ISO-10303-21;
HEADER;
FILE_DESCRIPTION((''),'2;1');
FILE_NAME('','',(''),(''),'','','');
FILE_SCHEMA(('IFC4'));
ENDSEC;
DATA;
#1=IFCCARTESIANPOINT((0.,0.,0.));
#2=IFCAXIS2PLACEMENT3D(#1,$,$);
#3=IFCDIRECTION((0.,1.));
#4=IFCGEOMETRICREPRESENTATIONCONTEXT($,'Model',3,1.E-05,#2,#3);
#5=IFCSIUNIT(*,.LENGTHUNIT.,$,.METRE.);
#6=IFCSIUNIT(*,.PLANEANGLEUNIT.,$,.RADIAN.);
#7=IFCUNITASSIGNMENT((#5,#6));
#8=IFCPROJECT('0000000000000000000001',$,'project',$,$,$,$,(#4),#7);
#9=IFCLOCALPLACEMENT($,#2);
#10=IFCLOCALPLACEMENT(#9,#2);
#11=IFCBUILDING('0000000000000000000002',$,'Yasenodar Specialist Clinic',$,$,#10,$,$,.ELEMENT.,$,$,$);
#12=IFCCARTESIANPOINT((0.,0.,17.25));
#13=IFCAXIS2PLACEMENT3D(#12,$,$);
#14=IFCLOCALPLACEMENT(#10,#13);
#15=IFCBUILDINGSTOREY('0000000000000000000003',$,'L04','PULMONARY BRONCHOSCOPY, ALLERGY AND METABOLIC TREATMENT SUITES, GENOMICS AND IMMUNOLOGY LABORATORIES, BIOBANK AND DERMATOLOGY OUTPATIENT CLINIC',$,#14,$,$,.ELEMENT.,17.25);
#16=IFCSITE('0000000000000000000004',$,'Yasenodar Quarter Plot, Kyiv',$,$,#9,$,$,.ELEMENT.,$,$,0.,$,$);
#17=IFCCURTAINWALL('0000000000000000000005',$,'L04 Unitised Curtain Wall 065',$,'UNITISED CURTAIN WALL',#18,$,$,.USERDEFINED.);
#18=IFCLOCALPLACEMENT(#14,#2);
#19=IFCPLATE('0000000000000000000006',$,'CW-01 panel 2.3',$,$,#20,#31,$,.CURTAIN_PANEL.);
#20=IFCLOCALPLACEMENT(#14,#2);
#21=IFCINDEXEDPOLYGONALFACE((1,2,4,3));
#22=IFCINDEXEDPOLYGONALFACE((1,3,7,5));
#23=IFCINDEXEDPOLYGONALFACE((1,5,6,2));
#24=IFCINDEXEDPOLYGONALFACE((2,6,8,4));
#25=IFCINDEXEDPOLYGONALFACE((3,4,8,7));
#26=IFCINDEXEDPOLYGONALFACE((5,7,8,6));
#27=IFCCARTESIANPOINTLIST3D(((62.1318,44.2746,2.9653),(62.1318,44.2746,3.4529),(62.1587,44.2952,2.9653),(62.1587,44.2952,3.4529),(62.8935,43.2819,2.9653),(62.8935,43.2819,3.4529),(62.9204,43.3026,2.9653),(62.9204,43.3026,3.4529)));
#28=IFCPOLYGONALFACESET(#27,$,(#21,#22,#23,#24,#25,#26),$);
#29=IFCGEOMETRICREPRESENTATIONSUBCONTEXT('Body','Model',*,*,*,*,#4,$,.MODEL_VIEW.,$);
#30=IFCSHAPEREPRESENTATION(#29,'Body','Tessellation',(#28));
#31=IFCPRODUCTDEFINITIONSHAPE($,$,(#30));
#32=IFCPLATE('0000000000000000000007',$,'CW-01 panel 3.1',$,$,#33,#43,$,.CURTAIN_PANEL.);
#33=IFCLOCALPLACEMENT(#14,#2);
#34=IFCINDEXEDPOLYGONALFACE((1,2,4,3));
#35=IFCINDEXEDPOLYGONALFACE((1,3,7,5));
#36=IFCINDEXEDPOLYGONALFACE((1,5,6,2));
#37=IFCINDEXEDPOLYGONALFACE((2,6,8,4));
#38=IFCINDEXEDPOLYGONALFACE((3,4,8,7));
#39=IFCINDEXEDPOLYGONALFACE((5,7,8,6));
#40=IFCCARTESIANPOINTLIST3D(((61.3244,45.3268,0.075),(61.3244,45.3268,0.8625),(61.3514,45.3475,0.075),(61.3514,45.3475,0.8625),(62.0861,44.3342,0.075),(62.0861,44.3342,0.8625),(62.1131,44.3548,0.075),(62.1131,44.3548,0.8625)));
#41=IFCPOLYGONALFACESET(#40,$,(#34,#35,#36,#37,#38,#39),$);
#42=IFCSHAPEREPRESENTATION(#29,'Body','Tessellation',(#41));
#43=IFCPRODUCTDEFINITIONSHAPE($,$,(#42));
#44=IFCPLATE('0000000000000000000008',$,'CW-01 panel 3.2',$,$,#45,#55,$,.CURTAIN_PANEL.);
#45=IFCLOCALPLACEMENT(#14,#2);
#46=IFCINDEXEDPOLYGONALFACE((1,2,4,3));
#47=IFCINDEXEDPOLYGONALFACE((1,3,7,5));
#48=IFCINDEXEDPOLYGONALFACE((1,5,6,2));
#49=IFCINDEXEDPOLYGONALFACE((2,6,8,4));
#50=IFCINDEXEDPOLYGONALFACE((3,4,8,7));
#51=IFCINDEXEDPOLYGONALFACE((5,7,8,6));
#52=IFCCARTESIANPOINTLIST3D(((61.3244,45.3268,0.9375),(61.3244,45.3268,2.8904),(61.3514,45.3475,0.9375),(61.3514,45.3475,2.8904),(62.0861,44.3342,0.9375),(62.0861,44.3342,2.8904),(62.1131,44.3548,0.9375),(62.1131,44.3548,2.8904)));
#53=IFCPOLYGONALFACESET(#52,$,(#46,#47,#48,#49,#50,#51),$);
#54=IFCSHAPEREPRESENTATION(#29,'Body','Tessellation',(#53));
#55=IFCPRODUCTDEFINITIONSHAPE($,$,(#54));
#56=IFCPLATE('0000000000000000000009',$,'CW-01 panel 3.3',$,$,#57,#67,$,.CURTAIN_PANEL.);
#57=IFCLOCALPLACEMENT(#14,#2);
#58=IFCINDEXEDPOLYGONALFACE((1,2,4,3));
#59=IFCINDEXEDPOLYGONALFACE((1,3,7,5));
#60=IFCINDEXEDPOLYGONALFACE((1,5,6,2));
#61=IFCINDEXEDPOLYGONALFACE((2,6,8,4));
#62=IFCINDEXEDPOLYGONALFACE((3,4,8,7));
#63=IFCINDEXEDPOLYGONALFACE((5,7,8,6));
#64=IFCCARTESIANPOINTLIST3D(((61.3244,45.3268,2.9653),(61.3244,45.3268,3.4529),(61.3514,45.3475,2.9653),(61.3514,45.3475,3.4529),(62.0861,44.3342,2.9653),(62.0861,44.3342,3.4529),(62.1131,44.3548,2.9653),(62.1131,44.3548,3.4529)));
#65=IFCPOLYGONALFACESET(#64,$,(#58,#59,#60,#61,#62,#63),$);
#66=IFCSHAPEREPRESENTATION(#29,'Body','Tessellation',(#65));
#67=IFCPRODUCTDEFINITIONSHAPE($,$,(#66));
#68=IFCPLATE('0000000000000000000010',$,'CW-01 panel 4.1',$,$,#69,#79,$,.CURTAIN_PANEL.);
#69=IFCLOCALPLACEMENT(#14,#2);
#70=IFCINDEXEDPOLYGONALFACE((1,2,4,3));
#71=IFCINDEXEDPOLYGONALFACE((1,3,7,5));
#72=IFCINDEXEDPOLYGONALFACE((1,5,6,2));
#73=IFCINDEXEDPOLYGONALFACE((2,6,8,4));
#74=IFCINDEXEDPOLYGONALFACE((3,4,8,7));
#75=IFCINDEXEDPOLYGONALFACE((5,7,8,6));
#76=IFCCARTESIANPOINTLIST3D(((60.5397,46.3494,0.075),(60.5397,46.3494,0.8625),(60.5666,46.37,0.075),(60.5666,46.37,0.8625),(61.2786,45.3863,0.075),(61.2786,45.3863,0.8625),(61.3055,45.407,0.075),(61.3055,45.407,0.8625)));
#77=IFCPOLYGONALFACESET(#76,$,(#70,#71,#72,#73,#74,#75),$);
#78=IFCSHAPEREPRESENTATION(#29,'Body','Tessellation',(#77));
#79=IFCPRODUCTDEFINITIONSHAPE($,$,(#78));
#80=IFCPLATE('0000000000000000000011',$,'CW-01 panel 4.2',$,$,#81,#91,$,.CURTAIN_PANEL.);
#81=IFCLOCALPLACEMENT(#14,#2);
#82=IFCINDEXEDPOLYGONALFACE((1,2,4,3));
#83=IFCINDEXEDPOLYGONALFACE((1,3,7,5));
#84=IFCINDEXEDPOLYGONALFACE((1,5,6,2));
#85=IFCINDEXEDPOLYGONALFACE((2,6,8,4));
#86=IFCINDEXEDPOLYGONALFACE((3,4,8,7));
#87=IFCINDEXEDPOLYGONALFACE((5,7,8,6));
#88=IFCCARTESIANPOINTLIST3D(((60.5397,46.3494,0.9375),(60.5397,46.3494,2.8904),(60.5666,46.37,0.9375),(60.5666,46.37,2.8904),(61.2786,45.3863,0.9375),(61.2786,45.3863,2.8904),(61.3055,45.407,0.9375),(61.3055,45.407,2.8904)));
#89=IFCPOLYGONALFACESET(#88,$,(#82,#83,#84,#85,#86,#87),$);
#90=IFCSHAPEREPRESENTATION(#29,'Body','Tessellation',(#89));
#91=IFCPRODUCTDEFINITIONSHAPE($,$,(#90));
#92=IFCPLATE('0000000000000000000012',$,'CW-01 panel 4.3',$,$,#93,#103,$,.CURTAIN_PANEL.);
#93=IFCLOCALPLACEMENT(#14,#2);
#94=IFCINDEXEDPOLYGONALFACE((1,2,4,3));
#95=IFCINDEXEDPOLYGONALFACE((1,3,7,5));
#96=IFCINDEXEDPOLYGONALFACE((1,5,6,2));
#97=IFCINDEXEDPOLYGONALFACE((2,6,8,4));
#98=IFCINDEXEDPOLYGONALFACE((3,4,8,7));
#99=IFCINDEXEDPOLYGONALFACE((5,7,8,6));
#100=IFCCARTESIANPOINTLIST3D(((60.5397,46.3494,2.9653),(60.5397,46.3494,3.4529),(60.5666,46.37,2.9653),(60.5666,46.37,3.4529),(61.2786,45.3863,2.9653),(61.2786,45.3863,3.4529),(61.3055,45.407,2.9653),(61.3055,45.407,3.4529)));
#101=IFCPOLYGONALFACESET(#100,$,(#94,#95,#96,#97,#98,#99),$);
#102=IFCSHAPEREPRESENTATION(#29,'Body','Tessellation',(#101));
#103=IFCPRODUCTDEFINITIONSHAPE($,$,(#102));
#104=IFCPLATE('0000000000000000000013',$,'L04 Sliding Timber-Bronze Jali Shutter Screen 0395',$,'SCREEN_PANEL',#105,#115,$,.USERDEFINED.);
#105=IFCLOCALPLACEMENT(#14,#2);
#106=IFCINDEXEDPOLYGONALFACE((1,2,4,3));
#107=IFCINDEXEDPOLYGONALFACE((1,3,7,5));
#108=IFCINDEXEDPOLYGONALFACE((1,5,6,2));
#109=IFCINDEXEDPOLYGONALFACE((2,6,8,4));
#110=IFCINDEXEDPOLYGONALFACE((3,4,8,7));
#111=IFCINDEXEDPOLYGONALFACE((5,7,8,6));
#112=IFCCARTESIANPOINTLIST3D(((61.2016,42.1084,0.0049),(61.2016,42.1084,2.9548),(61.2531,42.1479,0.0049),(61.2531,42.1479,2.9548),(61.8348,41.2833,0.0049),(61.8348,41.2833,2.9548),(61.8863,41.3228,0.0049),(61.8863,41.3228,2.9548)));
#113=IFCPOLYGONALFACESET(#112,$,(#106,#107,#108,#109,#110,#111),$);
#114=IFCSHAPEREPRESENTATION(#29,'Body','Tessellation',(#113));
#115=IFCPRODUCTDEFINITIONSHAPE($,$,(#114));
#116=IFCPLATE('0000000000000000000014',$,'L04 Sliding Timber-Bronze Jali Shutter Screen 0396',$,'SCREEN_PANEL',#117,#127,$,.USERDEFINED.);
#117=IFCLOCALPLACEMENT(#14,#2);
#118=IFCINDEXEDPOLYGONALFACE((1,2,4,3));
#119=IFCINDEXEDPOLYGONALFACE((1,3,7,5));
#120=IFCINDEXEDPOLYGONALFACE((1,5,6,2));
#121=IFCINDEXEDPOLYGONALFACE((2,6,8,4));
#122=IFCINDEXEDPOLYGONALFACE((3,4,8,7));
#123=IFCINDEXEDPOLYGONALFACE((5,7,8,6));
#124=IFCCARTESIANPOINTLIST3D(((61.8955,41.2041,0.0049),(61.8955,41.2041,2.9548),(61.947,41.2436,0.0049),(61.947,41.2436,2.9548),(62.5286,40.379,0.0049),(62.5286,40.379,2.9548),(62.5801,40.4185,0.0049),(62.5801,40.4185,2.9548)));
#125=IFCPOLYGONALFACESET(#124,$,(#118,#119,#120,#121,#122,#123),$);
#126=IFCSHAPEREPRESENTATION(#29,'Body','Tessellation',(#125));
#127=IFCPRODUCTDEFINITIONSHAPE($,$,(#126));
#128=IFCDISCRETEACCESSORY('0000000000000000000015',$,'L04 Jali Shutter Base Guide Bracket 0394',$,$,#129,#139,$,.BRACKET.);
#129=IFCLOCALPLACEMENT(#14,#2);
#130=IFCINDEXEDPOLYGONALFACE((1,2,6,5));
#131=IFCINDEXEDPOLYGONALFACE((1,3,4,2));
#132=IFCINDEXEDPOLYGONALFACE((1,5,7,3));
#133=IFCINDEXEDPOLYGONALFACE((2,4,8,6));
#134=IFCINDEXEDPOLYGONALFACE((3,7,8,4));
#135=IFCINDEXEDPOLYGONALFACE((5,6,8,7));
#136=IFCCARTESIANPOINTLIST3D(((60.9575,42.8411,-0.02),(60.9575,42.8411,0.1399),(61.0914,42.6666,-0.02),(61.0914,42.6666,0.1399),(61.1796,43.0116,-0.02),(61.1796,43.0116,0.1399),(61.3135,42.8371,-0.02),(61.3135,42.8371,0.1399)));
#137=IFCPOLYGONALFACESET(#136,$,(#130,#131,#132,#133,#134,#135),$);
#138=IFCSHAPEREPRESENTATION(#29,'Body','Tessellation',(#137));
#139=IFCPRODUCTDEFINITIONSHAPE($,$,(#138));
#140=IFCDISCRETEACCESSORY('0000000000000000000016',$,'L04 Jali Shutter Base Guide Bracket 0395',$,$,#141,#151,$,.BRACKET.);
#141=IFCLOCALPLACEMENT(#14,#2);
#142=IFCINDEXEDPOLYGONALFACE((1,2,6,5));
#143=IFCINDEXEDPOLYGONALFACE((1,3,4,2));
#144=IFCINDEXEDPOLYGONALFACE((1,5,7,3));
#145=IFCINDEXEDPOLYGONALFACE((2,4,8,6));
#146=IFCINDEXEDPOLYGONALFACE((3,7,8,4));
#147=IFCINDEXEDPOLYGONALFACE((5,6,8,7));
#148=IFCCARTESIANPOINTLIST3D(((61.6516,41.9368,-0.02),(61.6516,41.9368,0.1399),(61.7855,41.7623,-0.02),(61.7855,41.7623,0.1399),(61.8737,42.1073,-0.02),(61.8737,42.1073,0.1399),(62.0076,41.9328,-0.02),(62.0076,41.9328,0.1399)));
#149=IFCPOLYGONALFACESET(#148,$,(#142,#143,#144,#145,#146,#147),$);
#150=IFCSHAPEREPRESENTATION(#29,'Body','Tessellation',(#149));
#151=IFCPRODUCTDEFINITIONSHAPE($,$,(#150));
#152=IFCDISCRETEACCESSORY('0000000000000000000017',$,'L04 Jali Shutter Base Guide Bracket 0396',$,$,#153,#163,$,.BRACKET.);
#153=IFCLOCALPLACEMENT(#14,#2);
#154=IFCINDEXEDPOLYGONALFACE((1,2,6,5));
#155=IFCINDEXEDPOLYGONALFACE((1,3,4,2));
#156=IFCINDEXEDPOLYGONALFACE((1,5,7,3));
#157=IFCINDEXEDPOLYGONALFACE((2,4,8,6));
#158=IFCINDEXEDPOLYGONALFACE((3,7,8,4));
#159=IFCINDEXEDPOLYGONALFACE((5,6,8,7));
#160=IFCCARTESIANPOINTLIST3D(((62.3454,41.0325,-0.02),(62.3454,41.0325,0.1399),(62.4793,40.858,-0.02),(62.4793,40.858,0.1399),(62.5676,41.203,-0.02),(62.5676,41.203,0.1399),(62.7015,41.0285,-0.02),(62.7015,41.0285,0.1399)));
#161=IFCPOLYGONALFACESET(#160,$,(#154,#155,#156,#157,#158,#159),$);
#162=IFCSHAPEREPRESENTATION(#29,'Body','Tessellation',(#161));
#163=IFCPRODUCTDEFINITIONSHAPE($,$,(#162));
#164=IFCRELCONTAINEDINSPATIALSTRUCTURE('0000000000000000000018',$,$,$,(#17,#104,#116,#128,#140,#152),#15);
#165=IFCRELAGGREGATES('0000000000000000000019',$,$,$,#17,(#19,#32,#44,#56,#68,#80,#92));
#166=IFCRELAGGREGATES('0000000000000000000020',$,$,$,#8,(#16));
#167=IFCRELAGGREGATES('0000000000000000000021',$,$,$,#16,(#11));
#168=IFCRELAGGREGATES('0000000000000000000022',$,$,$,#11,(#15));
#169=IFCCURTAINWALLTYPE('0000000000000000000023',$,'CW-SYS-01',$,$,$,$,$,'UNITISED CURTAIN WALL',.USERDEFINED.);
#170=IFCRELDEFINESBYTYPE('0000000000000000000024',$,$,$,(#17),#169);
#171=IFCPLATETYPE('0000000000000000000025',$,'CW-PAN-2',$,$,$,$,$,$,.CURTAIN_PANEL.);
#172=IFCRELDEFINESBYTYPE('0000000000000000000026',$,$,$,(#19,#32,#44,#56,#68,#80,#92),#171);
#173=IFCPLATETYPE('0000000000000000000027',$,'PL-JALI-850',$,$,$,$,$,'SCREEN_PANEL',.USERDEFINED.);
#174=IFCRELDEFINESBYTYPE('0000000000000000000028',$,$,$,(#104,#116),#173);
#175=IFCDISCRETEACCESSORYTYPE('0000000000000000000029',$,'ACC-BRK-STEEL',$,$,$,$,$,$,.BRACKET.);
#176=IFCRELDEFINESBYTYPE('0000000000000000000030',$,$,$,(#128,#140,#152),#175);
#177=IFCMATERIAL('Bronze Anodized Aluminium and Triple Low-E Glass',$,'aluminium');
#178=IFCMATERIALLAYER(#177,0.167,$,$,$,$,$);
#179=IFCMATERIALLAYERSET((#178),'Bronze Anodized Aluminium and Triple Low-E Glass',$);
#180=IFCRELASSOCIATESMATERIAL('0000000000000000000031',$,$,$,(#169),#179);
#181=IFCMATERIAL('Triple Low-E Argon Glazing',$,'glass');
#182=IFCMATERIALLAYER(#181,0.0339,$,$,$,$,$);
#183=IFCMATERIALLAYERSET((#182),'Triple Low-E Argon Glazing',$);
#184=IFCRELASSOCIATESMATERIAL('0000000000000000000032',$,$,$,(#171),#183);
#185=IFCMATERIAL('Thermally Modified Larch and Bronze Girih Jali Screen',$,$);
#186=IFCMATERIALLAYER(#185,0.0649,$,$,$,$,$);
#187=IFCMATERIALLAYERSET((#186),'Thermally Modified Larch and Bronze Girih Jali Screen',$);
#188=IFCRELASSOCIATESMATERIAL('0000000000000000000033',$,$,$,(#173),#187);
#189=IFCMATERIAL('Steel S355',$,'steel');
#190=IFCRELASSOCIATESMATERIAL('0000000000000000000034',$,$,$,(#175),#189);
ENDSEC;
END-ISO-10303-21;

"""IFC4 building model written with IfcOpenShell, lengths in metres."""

from ifc_helpers import new_model, si_unit, direction, frame, origin, origin_2d, place, context, subcontext, project, spatial, rectangle, extrude, material, layer, layer_set, type_object, element, aggregate, save


model = new_model("IFC4")

# Units and contexts
model_context = context("Model", 3, precision=1e-05, world=origin(), true_north=direction((0.0, 1.0)))
body_context = subcontext(model_context, "Body", "Model", "MODEL_VIEW")
ifc_project = project(units=[si_unit("LENGTHUNIT", "METRE"), si_unit("PLANEANGLEUNIT", "RADIAN")], contexts=[model_context])

# Site, building, storey
site_placement = place(None, origin())
site = spatial("IfcSite", under=ifc_project, at=site_placement, Name="Yasenodar Quarter Plot, Kyiv", CompositionType="ELEMENT", RefElevation=0.0)
building_placement = place(site_placement, origin())
building = spatial("IfcBuilding", under=site, at=building_placement, Name="Yasenodar Specialist Clinic", CompositionType="ELEMENT")
storey_placement = place(building_placement, frame((0.0, 0.0, 17.25)))
storey = spatial("IfcBuildingStorey", under=building, at=storey_placement, Name="L04", Description="PULMONARY BRONCHOSCOPY, ALLERGY AND METABOLIC TREATMENT SUITES, GENOMICS AND IMMUNOLOGY LABORATORIES, BIOBANK AND DERMATOLOGY OUTPATIENT CLINIC", CompositionType="ELEMENT", Elevation=17.25)

# Curtain wall, plates
ifc_material_1 = material(Name="Bronze Anodized Aluminium and Triple Low-E Glass", Category="aluminium")
ifc_layer_1 = layer(ifc_material_1, 0.167)
ifc_layer_set_1 = layer_set([ifc_layer_1], Name="Bronze Anodized Aluminium and Triple Low-E Glass")
curtain_wall_type = type_object("IfcCurtainWallType", Name="CW-SYS-01", ElementType="UNITISED CURTAIN WALL", PredefinedType="USERDEFINED", material=ifc_layer_set_1)
curtain_wall_placement = place(storey_placement, origin())
curtain_wall = element("IfcCurtainWall", 1, at=curtain_wall_placement, inside=storey, type_object=curtain_wall_type, Name="L04 Unitised Curtain Wall 065", ObjectType="UNITISED CURTAIN WALL", PredefinedType="USERDEFINED")
ifc_material_2 = material(Name="Triple Low-E Argon Glazing", Category="glass")
ifc_layer_2 = layer(ifc_material_2, 0.0339)
ifc_layer_set_2 = layer_set([ifc_layer_2], Name="Triple Low-E Argon Glazing")
plate_type_1 = type_object("IfcPlateType", Name="CW-PAN-2", PredefinedType="CURTAIN_PANEL", material=ifc_layer_set_2)
plate_1_placement = place(storey_placement, frame((62.5261, 43.7886, 2.9653), z_axis=(0.0, 0.0, 1.0), x_axis=(-0.608752, 0.793361, 0.0)))
plate_1 = element("IfcPlate", 2, at=plate_1_placement, type_object=plate_type_1, Name="CW-01 panel 2.3", PredefinedType="CURTAIN_PANEL", context=body_context, shape_type="SweptSolid", body=[
    extrude(rectangle(XDim=1.2512, YDim=0.0339, at=origin_2d()), origin(), (0.0, 0.0, 1.0), 0.4875),
])
plate_2_placement = place(storey_placement, frame((61.7188, 44.8408, 0.075), z_axis=(0.0, 0.0, 1.0), x_axis=(-0.608752, 0.793361, 0.0)))
plate_2 = element("IfcPlate", 3, at=plate_2_placement, type_object=plate_type_1, Name="CW-01 panel 3.1", PredefinedType="CURTAIN_PANEL", context=body_context, shape_type="SweptSolid", body=[
    extrude(rectangle(XDim=1.2512, YDim=0.0339, at=origin_2d()), origin(), (0.0, 0.0, 1.0), 0.7876),
])
plate_3_placement = place(storey_placement, frame((61.7188, 44.8408, 0.9375), z_axis=(0.0, 0.0, 1.0), x_axis=(-0.608752, 0.793361, 0.0)))
plate_3 = element("IfcPlate", 4, at=plate_3_placement, type_object=plate_type_1, Name="CW-01 panel 3.2", PredefinedType="CURTAIN_PANEL", context=body_context, shape_type="SweptSolid", body=[
    extrude(rectangle(XDim=1.2512, YDim=0.0339, at=origin_2d()), origin(), (0.0, 0.0, 1.0), 1.9529),
])
plate_4_placement = place(storey_placement, frame((61.7188, 44.8408, 2.9653), z_axis=(0.0, 0.0, 1.0), x_axis=(-0.608752, 0.793361, 0.0)))
plate_4 = element("IfcPlate", 5, at=plate_4_placement, type_object=plate_type_1, Name="CW-01 panel 3.3", PredefinedType="CURTAIN_PANEL", context=body_context, shape_type="SweptSolid", body=[
    extrude(rectangle(XDim=1.2512, YDim=0.0339, at=origin_2d()), origin(), (0.0, 0.0, 1.0), 0.4875),
])
plate_5_placement = place(storey_placement, frame((60.9226, 45.8782, 0.075), z_axis=(0.0, 0.0, 1.0), x_axis=(-0.608752, 0.793361, 0.0)))
plate_5 = element("IfcPlate", 6, at=plate_5_placement, type_object=plate_type_1, Name="CW-01 panel 4.1", PredefinedType="CURTAIN_PANEL", context=body_context, shape_type="SweptSolid", body=[
    extrude(rectangle(XDim=1.2139, YDim=0.0339, at=origin_2d()), origin(), (0.0, 0.0, 1.0), 0.7876),
])
plate_6_placement = place(storey_placement, frame((60.9226, 45.8782, 0.9375), z_axis=(0.0, 0.0, 1.0), x_axis=(-0.608752, 0.793361, 0.0)))
plate_6 = element("IfcPlate", 7, at=plate_6_placement, type_object=plate_type_1, Name="CW-01 panel 4.2", PredefinedType="CURTAIN_PANEL", context=body_context, shape_type="SweptSolid", body=[
    extrude(rectangle(XDim=1.2139, YDim=0.0339, at=origin_2d()), origin(), (0.0, 0.0, 1.0), 1.9529),
])
plate_7_placement = place(storey_placement, frame((60.9226, 45.8782, 2.9653), z_axis=(0.0, 0.0, 1.0), x_axis=(-0.608752, 0.793361, 0.0)))
plate_7 = element("IfcPlate", 8, at=plate_7_placement, type_object=plate_type_1, Name="CW-01 panel 4.3", PredefinedType="CURTAIN_PANEL", context=body_context, shape_type="SweptSolid", body=[
    extrude(rectangle(XDim=1.2139, YDim=0.0339, at=origin_2d()), origin(), (0.0, 0.0, 1.0), 0.4875),
])
aggregate(curtain_wall, [plate_1, plate_2, plate_3, plate_4, plate_5, plate_6, plate_7])

# Plates
ifc_material_3 = material(Name="Thermally Modified Larch and Bronze Girih Jali Screen")
ifc_layer_3 = layer(ifc_material_3, 0.0649)
ifc_layer_set_3 = layer_set([ifc_layer_3], Name="Thermally Modified Larch and Bronze Girih Jali Screen")
plate_type_2 = type_object("IfcPlateType", Name="PL-JALI-850", ElementType="SCREEN_PANEL", PredefinedType="USERDEFINED", material=ifc_layer_set_3)
for number, where, z_axis, x_axis, name in (
    (9, (61.5439, 41.7156, 0.0049), (0.0, 0.0, 1.0), (0.608764, -0.793351, 0.0), "L04 Sliding Timber-Bronze Jali Shutter Screen 0395"),
    (10, (62.2378, 40.8113, 0.0049), (0.0, 0.0, 1.0), (0.608764, -0.793351, 0.0), "L04 Sliding Timber-Bronze Jali Shutter Screen 0396"),
):
    element("IfcPlate", number, at=place(storey_placement, frame(where, z_axis=z_axis, x_axis=x_axis)), inside=storey, type_object=plate_type_2, Name=name, ObjectType="SCREEN_PANEL", PredefinedType="USERDEFINED", context=body_context, shape_type="SweptSolid", body=[
        extrude(rectangle(XDim=1.04, YDim=0.0649, at=origin_2d()), origin(), (0.0, 0.0, 1.0), 2.95),
    ])

# Discrete accessories
ifc_material_4 = material(Name="Steel S355", Category="steel")
discrete_accessory_type = type_object("IfcDiscreteAccessoryType", Name="ACC-BRK-STEEL", PredefinedType="BRACKET", material=ifc_material_4)
for number, where, z_axis, x_axis, name in (
    (11, (61.1355, 42.8391, -0.02), (0.0, 0.0, 1.0), (0.608764, -0.793351, 0.0), "L04 Jali Shutter Base Guide Bracket 0394"),
    (12, (61.8296, 41.9348, -0.02), (0.0, 0.0, 1.0), (0.608764, -0.793351, 0.0), "L04 Jali Shutter Base Guide Bracket 0395"),
    (13, (62.5234, 41.0305, -0.02), (0.0, 0.0, 1.0), (0.608764, -0.793351, 0.0), "L04 Jali Shutter Base Guide Bracket 0396"),
):
    element("IfcDiscreteAccessory", number, at=place(storey_placement, frame(where, z_axis=z_axis, x_axis=x_axis)), inside=storey, type_object=discrete_accessory_type, Name=name, PredefinedType="BRACKET", context=body_context, shape_type="SweptSolid", body=[
        extrude(rectangle(XDim=0.22, YDim=0.28, at=origin_2d()), origin(), (0.0, 0.0, 1.0), 0.1599),
    ])

save(model, "model.ifc")
